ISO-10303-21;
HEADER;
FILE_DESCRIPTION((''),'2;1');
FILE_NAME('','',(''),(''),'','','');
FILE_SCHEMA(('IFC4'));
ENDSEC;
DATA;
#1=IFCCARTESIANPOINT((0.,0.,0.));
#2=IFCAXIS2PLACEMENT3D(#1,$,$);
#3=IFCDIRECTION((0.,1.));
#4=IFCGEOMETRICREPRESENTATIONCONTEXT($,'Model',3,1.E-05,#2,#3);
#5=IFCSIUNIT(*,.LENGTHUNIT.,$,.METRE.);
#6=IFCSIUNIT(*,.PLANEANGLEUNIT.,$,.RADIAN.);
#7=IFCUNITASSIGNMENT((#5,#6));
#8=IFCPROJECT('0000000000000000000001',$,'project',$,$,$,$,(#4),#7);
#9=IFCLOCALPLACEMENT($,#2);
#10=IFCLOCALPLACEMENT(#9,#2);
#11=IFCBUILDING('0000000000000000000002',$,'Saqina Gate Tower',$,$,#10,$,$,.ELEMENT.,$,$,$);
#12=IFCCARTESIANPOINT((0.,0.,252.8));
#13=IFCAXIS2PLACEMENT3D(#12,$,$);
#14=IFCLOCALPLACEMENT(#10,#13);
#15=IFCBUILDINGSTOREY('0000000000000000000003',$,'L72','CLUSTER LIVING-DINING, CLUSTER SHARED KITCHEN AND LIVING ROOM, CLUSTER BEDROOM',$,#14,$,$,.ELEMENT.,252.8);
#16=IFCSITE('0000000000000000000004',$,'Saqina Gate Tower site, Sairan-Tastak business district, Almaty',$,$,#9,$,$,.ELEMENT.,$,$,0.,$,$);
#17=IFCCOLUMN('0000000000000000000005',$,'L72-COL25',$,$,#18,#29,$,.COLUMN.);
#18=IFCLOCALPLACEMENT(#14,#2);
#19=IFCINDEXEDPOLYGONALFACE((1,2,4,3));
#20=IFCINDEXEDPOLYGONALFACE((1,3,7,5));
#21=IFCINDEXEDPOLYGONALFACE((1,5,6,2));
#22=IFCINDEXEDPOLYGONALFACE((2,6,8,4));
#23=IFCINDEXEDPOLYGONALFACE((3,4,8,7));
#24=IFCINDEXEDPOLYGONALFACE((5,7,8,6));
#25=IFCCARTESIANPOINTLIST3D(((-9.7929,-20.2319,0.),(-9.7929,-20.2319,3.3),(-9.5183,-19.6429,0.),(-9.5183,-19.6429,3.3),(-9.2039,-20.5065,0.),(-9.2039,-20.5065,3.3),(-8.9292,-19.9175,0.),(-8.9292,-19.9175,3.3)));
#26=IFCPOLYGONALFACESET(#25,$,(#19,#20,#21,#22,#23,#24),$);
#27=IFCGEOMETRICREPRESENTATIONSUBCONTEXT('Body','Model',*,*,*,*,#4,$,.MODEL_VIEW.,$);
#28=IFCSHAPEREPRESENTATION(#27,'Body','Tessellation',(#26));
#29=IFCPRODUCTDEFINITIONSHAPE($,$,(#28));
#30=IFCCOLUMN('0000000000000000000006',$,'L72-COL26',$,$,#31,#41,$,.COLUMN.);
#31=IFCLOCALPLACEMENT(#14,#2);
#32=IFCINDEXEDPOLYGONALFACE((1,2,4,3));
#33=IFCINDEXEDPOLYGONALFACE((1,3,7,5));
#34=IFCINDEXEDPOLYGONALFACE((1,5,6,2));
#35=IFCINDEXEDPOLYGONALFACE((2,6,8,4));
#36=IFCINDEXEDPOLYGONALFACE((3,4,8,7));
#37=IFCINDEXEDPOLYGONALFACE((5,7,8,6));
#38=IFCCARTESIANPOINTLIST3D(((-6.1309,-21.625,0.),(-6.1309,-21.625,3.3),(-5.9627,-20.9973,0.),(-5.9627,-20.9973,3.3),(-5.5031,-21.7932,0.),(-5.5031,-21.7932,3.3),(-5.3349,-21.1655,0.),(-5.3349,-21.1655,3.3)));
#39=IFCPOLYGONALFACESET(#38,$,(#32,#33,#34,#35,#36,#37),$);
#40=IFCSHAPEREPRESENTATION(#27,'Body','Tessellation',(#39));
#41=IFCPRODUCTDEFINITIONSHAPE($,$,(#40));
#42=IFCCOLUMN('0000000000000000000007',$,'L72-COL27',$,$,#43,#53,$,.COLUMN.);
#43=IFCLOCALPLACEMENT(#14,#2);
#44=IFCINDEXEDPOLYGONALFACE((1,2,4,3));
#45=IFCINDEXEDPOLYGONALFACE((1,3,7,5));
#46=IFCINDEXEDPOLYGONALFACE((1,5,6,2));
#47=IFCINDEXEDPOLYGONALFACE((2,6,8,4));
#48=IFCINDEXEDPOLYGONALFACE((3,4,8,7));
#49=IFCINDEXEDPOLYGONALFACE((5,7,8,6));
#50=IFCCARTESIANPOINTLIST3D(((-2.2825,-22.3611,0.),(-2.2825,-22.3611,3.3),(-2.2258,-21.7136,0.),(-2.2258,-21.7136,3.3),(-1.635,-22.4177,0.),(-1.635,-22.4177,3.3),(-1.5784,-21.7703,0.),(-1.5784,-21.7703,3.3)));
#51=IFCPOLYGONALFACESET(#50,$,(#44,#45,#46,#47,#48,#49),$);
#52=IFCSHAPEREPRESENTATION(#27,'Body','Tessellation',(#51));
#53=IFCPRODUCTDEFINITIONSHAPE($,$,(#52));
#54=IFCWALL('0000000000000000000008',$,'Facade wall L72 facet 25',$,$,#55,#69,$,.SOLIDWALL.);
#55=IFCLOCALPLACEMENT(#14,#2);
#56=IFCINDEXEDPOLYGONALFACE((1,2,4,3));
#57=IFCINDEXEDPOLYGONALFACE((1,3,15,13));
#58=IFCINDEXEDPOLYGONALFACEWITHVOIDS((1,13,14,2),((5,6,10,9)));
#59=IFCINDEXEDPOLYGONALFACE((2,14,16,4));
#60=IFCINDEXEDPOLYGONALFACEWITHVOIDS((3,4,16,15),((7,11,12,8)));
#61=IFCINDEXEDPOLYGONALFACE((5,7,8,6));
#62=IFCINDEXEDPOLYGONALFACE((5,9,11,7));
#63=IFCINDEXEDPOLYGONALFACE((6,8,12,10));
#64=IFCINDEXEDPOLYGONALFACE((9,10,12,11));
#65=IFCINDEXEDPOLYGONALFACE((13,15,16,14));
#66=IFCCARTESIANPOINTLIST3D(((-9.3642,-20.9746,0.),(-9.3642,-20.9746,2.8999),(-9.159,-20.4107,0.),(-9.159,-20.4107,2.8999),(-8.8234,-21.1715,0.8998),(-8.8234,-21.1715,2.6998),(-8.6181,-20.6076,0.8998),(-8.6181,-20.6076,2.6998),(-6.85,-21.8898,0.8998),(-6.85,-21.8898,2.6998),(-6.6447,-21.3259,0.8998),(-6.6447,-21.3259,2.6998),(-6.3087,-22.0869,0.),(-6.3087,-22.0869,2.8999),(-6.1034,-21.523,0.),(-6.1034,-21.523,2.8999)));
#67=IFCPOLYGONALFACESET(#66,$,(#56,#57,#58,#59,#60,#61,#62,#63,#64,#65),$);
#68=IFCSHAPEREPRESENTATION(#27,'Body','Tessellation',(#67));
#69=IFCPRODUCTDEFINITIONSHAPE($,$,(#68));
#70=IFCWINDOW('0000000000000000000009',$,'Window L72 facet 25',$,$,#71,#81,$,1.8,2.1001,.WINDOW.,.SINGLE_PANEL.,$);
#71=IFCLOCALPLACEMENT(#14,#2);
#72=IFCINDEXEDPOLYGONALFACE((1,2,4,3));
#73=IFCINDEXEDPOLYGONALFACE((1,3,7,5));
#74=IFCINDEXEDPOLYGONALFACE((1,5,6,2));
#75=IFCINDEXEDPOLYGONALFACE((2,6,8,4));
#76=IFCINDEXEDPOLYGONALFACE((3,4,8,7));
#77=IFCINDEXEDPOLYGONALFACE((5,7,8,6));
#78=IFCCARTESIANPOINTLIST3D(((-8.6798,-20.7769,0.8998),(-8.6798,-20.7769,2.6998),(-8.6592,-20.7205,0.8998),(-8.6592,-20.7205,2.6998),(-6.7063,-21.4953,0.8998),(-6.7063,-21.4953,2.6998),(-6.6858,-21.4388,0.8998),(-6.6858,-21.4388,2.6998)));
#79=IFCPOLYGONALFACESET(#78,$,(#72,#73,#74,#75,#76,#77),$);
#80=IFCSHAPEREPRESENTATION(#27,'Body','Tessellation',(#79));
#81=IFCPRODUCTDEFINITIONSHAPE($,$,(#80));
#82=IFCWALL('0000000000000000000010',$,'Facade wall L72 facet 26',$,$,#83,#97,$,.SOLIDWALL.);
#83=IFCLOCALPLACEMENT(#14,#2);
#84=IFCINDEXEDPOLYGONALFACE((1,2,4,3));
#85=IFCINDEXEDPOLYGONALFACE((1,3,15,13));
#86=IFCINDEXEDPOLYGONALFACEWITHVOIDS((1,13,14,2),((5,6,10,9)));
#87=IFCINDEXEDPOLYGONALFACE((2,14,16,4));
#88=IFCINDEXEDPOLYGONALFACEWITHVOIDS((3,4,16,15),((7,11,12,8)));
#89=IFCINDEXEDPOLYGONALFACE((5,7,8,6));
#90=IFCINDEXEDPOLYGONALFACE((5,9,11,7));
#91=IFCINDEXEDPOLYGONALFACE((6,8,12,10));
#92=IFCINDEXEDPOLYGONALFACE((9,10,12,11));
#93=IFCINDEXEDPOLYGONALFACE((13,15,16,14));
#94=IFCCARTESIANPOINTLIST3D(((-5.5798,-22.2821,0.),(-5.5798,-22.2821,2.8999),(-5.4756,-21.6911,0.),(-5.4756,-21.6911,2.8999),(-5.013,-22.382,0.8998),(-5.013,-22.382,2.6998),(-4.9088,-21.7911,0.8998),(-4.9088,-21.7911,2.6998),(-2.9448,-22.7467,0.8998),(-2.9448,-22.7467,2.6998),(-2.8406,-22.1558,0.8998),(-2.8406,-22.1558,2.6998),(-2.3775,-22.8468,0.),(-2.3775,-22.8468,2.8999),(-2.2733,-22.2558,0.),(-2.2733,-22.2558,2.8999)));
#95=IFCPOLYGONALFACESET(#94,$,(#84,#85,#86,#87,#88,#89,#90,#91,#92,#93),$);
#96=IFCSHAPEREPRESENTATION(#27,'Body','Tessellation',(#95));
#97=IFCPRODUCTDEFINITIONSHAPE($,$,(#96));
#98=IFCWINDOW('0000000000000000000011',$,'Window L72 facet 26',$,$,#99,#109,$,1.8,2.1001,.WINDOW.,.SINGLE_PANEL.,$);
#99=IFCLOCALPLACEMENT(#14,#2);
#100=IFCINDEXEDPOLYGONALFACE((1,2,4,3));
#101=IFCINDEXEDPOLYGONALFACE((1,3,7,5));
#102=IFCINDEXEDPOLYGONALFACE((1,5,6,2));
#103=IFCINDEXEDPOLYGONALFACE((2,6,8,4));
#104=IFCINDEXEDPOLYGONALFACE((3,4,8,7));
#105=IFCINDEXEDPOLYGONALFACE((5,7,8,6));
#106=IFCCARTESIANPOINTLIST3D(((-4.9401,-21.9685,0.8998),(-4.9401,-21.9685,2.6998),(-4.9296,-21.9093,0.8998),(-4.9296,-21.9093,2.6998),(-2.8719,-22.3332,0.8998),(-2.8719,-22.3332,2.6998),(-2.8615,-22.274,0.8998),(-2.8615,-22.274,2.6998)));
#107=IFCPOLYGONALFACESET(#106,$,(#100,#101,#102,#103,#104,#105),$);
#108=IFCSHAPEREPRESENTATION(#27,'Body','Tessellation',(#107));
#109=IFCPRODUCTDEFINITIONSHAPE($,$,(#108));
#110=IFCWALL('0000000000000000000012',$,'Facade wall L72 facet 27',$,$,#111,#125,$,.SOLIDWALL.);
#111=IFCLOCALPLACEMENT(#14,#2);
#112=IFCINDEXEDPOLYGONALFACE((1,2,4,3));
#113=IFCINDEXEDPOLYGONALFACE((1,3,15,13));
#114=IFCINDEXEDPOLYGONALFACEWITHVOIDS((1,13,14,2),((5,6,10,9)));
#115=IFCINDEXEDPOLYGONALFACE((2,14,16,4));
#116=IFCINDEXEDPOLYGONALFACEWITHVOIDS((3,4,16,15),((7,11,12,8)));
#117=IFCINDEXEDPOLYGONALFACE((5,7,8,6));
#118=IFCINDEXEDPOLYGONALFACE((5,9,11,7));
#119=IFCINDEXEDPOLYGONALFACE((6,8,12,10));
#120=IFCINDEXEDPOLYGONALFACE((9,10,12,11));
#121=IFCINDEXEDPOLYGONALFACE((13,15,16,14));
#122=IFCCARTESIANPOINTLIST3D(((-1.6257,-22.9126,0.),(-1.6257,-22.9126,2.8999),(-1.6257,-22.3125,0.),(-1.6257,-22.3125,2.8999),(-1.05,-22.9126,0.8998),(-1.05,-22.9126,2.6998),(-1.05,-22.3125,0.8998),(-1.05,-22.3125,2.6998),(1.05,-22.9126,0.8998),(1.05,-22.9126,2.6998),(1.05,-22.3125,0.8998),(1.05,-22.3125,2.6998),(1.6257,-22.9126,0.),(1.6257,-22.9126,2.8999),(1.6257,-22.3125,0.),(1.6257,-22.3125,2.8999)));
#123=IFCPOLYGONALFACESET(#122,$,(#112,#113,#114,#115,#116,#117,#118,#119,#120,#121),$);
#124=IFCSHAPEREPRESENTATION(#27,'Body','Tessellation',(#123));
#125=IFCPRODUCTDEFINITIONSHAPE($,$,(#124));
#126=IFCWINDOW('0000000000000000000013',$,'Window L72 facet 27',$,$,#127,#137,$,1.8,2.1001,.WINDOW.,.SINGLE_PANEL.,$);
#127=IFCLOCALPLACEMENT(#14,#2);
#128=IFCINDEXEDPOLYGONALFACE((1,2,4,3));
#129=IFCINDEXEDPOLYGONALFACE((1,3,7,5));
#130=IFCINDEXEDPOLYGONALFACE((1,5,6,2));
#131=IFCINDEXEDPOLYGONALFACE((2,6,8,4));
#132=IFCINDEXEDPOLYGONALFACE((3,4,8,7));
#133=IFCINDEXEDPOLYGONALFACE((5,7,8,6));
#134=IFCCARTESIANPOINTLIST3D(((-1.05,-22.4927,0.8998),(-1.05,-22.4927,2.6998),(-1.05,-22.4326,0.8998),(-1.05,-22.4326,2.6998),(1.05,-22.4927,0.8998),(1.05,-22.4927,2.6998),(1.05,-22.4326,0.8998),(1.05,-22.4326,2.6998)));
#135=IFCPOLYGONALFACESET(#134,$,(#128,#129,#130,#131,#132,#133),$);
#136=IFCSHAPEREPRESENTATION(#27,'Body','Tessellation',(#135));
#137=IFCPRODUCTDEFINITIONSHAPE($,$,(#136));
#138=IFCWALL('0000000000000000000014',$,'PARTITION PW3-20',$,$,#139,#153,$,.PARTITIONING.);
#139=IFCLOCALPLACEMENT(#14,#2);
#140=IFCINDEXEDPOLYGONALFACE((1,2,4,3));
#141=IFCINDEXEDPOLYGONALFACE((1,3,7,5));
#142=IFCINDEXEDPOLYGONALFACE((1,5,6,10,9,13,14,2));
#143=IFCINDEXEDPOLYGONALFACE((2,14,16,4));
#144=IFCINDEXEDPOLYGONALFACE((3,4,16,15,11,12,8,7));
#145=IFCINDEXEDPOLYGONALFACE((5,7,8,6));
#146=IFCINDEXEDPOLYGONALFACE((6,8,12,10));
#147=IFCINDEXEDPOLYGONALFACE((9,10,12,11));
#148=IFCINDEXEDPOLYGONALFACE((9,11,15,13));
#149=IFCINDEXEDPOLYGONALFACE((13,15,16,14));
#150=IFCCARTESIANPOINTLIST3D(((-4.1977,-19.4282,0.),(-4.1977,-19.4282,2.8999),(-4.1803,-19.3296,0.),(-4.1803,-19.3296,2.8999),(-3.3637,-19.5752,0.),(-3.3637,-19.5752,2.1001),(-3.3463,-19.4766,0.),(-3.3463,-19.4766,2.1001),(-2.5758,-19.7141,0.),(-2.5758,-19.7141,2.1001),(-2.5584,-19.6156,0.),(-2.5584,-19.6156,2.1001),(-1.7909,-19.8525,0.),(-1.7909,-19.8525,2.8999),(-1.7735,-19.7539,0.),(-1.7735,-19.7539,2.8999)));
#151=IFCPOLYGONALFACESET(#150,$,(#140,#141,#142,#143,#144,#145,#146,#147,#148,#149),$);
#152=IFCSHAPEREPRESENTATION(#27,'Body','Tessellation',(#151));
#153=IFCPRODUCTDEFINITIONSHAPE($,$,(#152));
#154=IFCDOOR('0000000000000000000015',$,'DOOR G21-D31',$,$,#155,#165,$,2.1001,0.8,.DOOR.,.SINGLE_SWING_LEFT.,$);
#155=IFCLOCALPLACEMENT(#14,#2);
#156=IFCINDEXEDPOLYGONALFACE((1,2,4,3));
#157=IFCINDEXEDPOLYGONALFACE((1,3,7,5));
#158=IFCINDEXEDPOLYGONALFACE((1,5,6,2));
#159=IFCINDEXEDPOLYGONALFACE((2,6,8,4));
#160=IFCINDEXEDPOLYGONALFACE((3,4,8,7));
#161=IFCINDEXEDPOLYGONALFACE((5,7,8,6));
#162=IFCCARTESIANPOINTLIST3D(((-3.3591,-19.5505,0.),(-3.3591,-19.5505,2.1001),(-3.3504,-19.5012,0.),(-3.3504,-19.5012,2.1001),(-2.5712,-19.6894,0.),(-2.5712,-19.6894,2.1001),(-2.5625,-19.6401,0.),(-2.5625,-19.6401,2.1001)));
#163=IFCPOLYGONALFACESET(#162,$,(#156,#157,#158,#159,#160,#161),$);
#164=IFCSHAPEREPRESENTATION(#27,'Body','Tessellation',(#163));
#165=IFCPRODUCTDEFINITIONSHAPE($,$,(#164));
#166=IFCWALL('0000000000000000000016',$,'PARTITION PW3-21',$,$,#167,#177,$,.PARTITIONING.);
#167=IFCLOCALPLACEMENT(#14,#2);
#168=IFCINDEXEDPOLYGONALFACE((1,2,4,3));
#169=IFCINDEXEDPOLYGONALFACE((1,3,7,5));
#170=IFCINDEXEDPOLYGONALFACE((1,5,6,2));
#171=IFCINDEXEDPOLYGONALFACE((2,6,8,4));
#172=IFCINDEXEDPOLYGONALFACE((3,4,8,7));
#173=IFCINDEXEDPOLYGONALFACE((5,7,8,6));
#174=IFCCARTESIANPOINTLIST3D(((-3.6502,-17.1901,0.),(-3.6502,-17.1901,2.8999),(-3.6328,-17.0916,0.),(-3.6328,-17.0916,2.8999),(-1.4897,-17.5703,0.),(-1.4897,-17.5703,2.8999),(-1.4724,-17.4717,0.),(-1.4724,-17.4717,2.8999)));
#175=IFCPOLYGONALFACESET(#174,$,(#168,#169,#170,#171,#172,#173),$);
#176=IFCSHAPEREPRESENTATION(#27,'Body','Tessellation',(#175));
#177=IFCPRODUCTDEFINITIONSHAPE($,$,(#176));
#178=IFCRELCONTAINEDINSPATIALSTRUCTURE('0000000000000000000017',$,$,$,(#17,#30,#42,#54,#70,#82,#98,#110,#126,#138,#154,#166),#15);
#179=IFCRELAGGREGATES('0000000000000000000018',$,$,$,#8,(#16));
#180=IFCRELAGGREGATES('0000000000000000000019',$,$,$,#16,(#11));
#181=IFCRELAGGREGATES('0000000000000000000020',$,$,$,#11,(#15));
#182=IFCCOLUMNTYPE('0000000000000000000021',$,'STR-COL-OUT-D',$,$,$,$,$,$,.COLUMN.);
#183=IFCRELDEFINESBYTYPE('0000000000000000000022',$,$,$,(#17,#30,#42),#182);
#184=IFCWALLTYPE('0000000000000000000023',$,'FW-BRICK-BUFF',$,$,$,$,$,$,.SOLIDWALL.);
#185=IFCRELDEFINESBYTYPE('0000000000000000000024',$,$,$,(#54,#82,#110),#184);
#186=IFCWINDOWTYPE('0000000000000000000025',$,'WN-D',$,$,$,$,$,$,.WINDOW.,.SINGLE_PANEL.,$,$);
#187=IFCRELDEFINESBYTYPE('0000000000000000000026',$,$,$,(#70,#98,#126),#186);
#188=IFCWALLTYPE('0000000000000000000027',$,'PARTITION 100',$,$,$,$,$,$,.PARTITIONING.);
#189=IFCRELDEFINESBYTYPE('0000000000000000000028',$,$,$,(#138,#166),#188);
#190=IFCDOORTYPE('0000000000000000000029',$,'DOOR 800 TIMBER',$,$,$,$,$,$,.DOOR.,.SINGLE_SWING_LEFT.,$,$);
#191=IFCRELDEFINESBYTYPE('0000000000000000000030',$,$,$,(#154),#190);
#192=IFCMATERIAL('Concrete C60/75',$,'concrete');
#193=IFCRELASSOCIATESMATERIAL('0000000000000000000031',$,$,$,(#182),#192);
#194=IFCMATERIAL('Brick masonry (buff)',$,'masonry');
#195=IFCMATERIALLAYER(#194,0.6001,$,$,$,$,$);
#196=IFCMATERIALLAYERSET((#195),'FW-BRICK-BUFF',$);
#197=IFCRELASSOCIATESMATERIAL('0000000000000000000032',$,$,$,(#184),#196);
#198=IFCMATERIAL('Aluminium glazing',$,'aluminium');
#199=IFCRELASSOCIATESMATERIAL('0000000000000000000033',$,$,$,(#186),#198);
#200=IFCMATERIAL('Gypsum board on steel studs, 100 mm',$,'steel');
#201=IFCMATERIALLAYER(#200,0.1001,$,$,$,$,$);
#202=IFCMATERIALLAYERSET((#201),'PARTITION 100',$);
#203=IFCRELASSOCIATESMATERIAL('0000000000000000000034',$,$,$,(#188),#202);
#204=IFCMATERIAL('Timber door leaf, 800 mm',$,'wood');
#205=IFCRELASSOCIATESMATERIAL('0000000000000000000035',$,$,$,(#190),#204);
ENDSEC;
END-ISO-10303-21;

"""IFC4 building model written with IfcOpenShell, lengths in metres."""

from ifc_helpers import new_model, si_unit, direction, frame, frame_2d, origin, origin_2d, place, context, subcontext, project, spatial, rectangle, extrude, material, layer, layer_set, material_profile, profile_set, type_object, element, fill, save


model = new_model("IFC4")

# Units and contexts
model_context = context("Model", 3, precision=1e-05, world=origin(), true_north=direction((0.0, 1.0)))
body_context = subcontext(model_context, "Body", "Model", "MODEL_VIEW")
ifc_project = project(units=[si_unit("LENGTHUNIT", "METRE"), si_unit("PLANEANGLEUNIT", "RADIAN")], contexts=[model_context])

# Site, building, storey
site_placement = place(None, origin())
site = spatial("IfcSite", under=ifc_project, at=site_placement, Name="Saqina Gate Tower site, Sairan-Tastak business district, Almaty", CompositionType="ELEMENT", RefElevation=0.0)
building_placement = place(site_placement, origin())
building = spatial("IfcBuilding", under=site, at=building_placement, Name="Saqina Gate Tower", CompositionType="ELEMENT")
storey_placement = place(building_placement, frame((0.0, 0.0, 252.8)))
storey = spatial("IfcBuildingStorey", under=building, at=storey_placement, Name="L72", Description="CLUSTER LIVING-DINING, CLUSTER SHARED KITCHEN AND LIVING ROOM, CLUSTER BEDROOM", CompositionType="ELEMENT", Elevation=252.8)

# Columns
ifc_material_1 = material(Name="Concrete C60/75", Category="concrete")
ifc_material_profile = material_profile(ifc_material_1, rectangle(XDim=0.6499, YDim=0.6499, at=origin_2d()), Name="RC 650x650")
ifc_profile_set = profile_set([ifc_material_profile], Name="Concrete C60/75")
column_type = type_object("IfcColumnType", Name="STR-COL-OUT-D", PredefinedType="COLUMN", material=ifc_profile_set)
for number, where, z_axis, x_axis, name in (
    (1, (-9.3611, -20.0747, 0.0), (0.0, 0.0, 1.0), (-0.422618, -0.906308, 0.0), "L72-COL25"),
    (2, (-5.7329, -21.3953, 0.0), (0.0, 0.0, 1.0), (-0.258819, -0.965926, 0.0), "L72-COL26"),
    (3, (-1.9304, -22.0657, 0.0), (0.0, 0.0, 1.0), (-0.087156, -0.996195, 0.0), "L72-COL27"),
):
    element("IfcColumn", number, at=place(storey_placement, frame(where, z_axis=z_axis, x_axis=x_axis)), inside=storey, type_object=column_type, Name=name, PredefinedType="COLUMN", context=body_context, shape_type="SweptSolid", body=[
        extrude(rectangle(XDim=0.6499, YDim=0.6499, at=origin_2d()), origin(), (0.0, 0.0, 1.0), 3.3),
    ])

# Walls, openings, windows
ifc_material_2 = material(Name="Brick masonry (buff)", Category="masonry")
ifc_layer_1 = layer(ifc_material_2, 0.6001)
ifc_layer_set_1 = layer_set([ifc_layer_1], Name="FW-BRICK-BUFF")
wall_type_1 = type_object("IfcWallType", Name="FW-BRICK-BUFF", PredefinedType="SOLIDWALL", material=ifc_layer_set_1)
wall_1_placement = place(storey_placement, frame((-9.2617, -20.6926, 0.0), z_axis=(0.0, 0.0, 1.0), x_axis=(0.939679, -0.342057, 0.0)))
wall_1 = element("IfcWall", 4, at=wall_1_placement, inside=storey, type_object=wall_type_1, Name="Facade wall L72 facet 25", PredefinedType="SOLIDWALL", context=body_context, shape_type="SweptSolid", body=[
    extrude(rectangle(XDim=3.2517, YDim=0.6001, at=frame_2d((1.626, 0.0))), origin(), (0.0, 0.0, 1.0), 2.8999),
])
opening_1_placement = place(wall_1_placement, frame((0.5757, 0.0, 0.8999)))
opening_1 = element("IfcOpeningElement", 5, at=opening_1_placement, cuts=wall_1, PredefinedType="OPENING", context=body_context, shape_type="SweptSolid", body=[
    extrude(rectangle(XDim=2.1001, YDim=1.8, at=frame_2d((1.05, 0.8999))), frame((0.0, 0.312, 0.0), z_axis=(0.0, -1.0, 0.0), x_axis=(1.0, 0.0, 0.0)), (0.0, 0.0, 1.0), 0.624),
])
ifc_material_3 = material(Name="Aluminium glazing", Category="aluminium")
window_type = type_object("IfcWindowType", Name="WN-D", PartitioningType="SINGLE_PANEL", PredefinedType="WINDOW", material=ifc_material_3)
window_1_placement = place(opening_1_placement, origin())
window_1 = element("IfcWindow", 6, at=window_1_placement, inside=storey, type_object=window_type, Name="Window L72 facet 25", OverallHeight=1.8, OverallWidth=2.1001, PartitioningType="SINGLE_PANEL", PredefinedType="WINDOW", context=body_context, shape_type="SweptSolid", body=[
    extrude(rectangle(XDim=2.1001, YDim=1.8, at=frame_2d((1.05, 0.8999))), frame((0.0, 0.1799, 0.0), z_axis=(0.0, -1.0, 0.0), x_axis=(1.0, 0.0, 0.0)), (0.0, 0.0, 1.0), 0.0601),
])
fill(opening_1, window_1)
wall_2_placement = place(storey_placement, frame((-5.5278, -21.9866, 0.0), z_axis=(0.0, 0.0, 1.0), x_axis=(0.984806, -0.173657, 0.0)))
wall_2 = element("IfcWall", 7, at=wall_2_placement, inside=storey, type_object=wall_type_1, Name="Facade wall L72 facet 26", PredefinedType="SOLIDWALL", context=body_context, shape_type="SweptSolid", body=[
    extrude(rectangle(XDim=3.2517, YDim=0.6001, at=frame_2d((1.626, 0.0))), origin(), (0.0, 0.0, 1.0), 2.8999),
])
opening_2_placement = place(wall_2_placement, frame((0.5757, 0.0, 0.8999)))
opening_2 = element("IfcOpeningElement", 8, at=opening_2_placement, cuts=wall_2, PredefinedType="OPENING", context=body_context, shape_type="SweptSolid", body=[
    extrude(rectangle(XDim=2.1001, YDim=1.8, at=frame_2d((1.05, 0.8999))), frame((0.0, 0.312, 0.0), z_axis=(0.0, -1.0, 0.0), x_axis=(1.0, 0.0, 0.0)), (0.0, 0.0, 1.0), 0.624),
])
window_2_placement = place(opening_2_placement, origin())
window_2 = element("IfcWindow", 9, at=window_2_placement, inside=storey, type_object=window_type, Name="Window L72 facet 26", OverallHeight=1.8, OverallWidth=2.1001, PartitioningType="SINGLE_PANEL", PredefinedType="WINDOW", context=body_context, shape_type="SweptSolid", body=[
    extrude(rectangle(XDim=2.1001, YDim=1.8, at=frame_2d((1.05, 0.8999))), frame((0.0, 0.1799, 0.0), z_axis=(0.0, -1.0, 0.0), x_axis=(1.0, 0.0, 0.0)), (0.0, 0.0, 1.0), 0.0601),
])
fill(opening_2, window_2)
wall_3_placement = place(storey_placement, frame((-1.6257, -22.6125, 0.0), z_axis=(0.0, 0.0, 1.0), x_axis=(1.0, 0.0, 0.0)))
wall_3 = element("IfcWall", 10, at=wall_3_placement, inside=storey, type_object=wall_type_1, Name="Facade wall L72 facet 27", PredefinedType="SOLIDWALL", context=body_context, shape_type="SweptSolid", body=[
    extrude(rectangle(XDim=3.2515, YDim=0.6001, at=frame_2d((1.6257, 0.0))), origin(), (0.0, 0.0, 1.0), 2.8999),
])
opening_3_placement = place(wall_3_placement, frame((0.5757, 0.0, 0.8999)))
opening_3 = element("IfcOpeningElement", 11, at=opening_3_placement, cuts=wall_3, PredefinedType="OPENING", context=body_context, shape_type="SweptSolid", body=[
    extrude(rectangle(XDim=2.1001, YDim=1.8, at=frame_2d((1.05, 0.8999))), frame((0.0, 0.312, 0.0), z_axis=(0.0, -1.0, 0.0), x_axis=(1.0, 0.0, 0.0)), (0.0, 0.0, 1.0), 0.624),
])
window_3_placement = place(opening_3_placement, origin())
window_3 = element("IfcWindow", 12, at=window_3_placement, inside=storey, type_object=window_type, Name="Window L72 facet 27", OverallHeight=1.8, OverallWidth=2.1001, PartitioningType="SINGLE_PANEL", PredefinedType="WINDOW", context=body_context, shape_type="SweptSolid", body=[
    extrude(rectangle(XDim=2.1001, YDim=1.8, at=frame_2d((1.05, 0.8999))), frame((0.0, 0.1799, 0.0), z_axis=(0.0, -1.0, 0.0), x_axis=(1.0, 0.0, 0.0)), (0.0, 0.0, 1.0), 0.0601),
])
fill(opening_3, window_3)

# Wall, opening, door
ifc_material_4 = material(Name="Gypsum board on steel studs, 100 mm", Category="steel")
ifc_layer_2 = layer(ifc_material_4, 0.1001)
ifc_layer_set_2 = layer_set([ifc_layer_2], Name="PARTITION 100")
wall_type_2 = type_object("IfcWallType", Name="PARTITION 100", PredefinedType="PARTITIONING", material=ifc_layer_set_2)
wall_4_placement = place(storey_placement, frame((-4.189, -19.3789, 0.0), z_axis=(0.0, 0.0, 1.0), x_axis=(0.984812, -0.173626, 0.0)))
wall_4 = element("IfcWall", 13, at=wall_4_placement, inside=storey, type_object=wall_type_2, Name="PARTITION PW3-20", PredefinedType="PARTITIONING", context=body_context, shape_type="SweptSolid", body=[
    extrude(rectangle(XDim=2.4438, YDim=0.1001, at=frame_2d((1.2219, 0.0))), origin(), (0.0, 0.0, 1.0), 2.8999),
])
opening_4_placement = place(wall_4_placement, frame((0.8469, 0.0, 0.0)))
opening_4 = element("IfcOpeningElement", 14, at=opening_4_placement, cuts=wall_4, PredefinedType="OPENING", context=body_context, shape_type="SweptSolid", body=[
    extrude(rectangle(XDim=0.8, YDim=2.1001, at=frame_2d((0.3999, 1.05))), frame((0.0, 0.062, 0.0), z_axis=(0.0, -1.0, 0.0), x_axis=(1.0, 0.0, 0.0)), (0.0, 0.0, 1.0), 0.124),
])
ifc_material_5 = material(Name="Timber door leaf, 800 mm", Category="wood")
door_type_1 = type_object("IfcDoorType", Name="DOOR 800 TIMBER", OperationType="SINGLE_SWING_LEFT", PredefinedType="DOOR", material=ifc_material_5)
door_1_placement = place(opening_4_placement, frame((0.8, 0.0, 0.0), z_axis=(0.0, 0.0, 1.0), x_axis=(-1.0, 0.0, 0.0)))
door_1 = element("IfcDoor", 15, at=door_1_placement, inside=storey, type_object=door_type_1, Name="DOOR G21-D31", OperationType="SINGLE_SWING_LEFT", OverallHeight=2.1001, OverallWidth=0.8, PredefinedType="DOOR", context=body_context, shape_type="SweptSolid", body=[
    extrude(rectangle(XDim=0.8, YDim=2.1001, at=frame_2d((0.3999, 1.05))), frame((0.0, 0.0249, 0.0), z_axis=(0.0, -1.0, 0.0), x_axis=(1.0, 0.0, 0.0)), (0.0, 0.0, 1.0), 0.05),
])
fill(opening_4, door_1)

# Wall
wall_5_placement = place(storey_placement, frame((-3.6414, -17.1409, 0.0), z_axis=(0.0, 0.0, 1.0), x_axis=(0.984871, -0.17329, 0.0)))
element("IfcWall", 16, at=wall_5_placement, inside=storey, type_object=wall_type_2, Name="PARTITION PW3-21", PredefinedType="PARTITIONING", context=body_context, shape_type="SweptSolid", body=[
    extrude(rectangle(XDim=2.1936, YDim=0.1001, at=frame_2d((1.0967, 0.0))), origin(), (0.0, 0.0, 1.0), 2.8999),
])

save(model, "model.ifc")
